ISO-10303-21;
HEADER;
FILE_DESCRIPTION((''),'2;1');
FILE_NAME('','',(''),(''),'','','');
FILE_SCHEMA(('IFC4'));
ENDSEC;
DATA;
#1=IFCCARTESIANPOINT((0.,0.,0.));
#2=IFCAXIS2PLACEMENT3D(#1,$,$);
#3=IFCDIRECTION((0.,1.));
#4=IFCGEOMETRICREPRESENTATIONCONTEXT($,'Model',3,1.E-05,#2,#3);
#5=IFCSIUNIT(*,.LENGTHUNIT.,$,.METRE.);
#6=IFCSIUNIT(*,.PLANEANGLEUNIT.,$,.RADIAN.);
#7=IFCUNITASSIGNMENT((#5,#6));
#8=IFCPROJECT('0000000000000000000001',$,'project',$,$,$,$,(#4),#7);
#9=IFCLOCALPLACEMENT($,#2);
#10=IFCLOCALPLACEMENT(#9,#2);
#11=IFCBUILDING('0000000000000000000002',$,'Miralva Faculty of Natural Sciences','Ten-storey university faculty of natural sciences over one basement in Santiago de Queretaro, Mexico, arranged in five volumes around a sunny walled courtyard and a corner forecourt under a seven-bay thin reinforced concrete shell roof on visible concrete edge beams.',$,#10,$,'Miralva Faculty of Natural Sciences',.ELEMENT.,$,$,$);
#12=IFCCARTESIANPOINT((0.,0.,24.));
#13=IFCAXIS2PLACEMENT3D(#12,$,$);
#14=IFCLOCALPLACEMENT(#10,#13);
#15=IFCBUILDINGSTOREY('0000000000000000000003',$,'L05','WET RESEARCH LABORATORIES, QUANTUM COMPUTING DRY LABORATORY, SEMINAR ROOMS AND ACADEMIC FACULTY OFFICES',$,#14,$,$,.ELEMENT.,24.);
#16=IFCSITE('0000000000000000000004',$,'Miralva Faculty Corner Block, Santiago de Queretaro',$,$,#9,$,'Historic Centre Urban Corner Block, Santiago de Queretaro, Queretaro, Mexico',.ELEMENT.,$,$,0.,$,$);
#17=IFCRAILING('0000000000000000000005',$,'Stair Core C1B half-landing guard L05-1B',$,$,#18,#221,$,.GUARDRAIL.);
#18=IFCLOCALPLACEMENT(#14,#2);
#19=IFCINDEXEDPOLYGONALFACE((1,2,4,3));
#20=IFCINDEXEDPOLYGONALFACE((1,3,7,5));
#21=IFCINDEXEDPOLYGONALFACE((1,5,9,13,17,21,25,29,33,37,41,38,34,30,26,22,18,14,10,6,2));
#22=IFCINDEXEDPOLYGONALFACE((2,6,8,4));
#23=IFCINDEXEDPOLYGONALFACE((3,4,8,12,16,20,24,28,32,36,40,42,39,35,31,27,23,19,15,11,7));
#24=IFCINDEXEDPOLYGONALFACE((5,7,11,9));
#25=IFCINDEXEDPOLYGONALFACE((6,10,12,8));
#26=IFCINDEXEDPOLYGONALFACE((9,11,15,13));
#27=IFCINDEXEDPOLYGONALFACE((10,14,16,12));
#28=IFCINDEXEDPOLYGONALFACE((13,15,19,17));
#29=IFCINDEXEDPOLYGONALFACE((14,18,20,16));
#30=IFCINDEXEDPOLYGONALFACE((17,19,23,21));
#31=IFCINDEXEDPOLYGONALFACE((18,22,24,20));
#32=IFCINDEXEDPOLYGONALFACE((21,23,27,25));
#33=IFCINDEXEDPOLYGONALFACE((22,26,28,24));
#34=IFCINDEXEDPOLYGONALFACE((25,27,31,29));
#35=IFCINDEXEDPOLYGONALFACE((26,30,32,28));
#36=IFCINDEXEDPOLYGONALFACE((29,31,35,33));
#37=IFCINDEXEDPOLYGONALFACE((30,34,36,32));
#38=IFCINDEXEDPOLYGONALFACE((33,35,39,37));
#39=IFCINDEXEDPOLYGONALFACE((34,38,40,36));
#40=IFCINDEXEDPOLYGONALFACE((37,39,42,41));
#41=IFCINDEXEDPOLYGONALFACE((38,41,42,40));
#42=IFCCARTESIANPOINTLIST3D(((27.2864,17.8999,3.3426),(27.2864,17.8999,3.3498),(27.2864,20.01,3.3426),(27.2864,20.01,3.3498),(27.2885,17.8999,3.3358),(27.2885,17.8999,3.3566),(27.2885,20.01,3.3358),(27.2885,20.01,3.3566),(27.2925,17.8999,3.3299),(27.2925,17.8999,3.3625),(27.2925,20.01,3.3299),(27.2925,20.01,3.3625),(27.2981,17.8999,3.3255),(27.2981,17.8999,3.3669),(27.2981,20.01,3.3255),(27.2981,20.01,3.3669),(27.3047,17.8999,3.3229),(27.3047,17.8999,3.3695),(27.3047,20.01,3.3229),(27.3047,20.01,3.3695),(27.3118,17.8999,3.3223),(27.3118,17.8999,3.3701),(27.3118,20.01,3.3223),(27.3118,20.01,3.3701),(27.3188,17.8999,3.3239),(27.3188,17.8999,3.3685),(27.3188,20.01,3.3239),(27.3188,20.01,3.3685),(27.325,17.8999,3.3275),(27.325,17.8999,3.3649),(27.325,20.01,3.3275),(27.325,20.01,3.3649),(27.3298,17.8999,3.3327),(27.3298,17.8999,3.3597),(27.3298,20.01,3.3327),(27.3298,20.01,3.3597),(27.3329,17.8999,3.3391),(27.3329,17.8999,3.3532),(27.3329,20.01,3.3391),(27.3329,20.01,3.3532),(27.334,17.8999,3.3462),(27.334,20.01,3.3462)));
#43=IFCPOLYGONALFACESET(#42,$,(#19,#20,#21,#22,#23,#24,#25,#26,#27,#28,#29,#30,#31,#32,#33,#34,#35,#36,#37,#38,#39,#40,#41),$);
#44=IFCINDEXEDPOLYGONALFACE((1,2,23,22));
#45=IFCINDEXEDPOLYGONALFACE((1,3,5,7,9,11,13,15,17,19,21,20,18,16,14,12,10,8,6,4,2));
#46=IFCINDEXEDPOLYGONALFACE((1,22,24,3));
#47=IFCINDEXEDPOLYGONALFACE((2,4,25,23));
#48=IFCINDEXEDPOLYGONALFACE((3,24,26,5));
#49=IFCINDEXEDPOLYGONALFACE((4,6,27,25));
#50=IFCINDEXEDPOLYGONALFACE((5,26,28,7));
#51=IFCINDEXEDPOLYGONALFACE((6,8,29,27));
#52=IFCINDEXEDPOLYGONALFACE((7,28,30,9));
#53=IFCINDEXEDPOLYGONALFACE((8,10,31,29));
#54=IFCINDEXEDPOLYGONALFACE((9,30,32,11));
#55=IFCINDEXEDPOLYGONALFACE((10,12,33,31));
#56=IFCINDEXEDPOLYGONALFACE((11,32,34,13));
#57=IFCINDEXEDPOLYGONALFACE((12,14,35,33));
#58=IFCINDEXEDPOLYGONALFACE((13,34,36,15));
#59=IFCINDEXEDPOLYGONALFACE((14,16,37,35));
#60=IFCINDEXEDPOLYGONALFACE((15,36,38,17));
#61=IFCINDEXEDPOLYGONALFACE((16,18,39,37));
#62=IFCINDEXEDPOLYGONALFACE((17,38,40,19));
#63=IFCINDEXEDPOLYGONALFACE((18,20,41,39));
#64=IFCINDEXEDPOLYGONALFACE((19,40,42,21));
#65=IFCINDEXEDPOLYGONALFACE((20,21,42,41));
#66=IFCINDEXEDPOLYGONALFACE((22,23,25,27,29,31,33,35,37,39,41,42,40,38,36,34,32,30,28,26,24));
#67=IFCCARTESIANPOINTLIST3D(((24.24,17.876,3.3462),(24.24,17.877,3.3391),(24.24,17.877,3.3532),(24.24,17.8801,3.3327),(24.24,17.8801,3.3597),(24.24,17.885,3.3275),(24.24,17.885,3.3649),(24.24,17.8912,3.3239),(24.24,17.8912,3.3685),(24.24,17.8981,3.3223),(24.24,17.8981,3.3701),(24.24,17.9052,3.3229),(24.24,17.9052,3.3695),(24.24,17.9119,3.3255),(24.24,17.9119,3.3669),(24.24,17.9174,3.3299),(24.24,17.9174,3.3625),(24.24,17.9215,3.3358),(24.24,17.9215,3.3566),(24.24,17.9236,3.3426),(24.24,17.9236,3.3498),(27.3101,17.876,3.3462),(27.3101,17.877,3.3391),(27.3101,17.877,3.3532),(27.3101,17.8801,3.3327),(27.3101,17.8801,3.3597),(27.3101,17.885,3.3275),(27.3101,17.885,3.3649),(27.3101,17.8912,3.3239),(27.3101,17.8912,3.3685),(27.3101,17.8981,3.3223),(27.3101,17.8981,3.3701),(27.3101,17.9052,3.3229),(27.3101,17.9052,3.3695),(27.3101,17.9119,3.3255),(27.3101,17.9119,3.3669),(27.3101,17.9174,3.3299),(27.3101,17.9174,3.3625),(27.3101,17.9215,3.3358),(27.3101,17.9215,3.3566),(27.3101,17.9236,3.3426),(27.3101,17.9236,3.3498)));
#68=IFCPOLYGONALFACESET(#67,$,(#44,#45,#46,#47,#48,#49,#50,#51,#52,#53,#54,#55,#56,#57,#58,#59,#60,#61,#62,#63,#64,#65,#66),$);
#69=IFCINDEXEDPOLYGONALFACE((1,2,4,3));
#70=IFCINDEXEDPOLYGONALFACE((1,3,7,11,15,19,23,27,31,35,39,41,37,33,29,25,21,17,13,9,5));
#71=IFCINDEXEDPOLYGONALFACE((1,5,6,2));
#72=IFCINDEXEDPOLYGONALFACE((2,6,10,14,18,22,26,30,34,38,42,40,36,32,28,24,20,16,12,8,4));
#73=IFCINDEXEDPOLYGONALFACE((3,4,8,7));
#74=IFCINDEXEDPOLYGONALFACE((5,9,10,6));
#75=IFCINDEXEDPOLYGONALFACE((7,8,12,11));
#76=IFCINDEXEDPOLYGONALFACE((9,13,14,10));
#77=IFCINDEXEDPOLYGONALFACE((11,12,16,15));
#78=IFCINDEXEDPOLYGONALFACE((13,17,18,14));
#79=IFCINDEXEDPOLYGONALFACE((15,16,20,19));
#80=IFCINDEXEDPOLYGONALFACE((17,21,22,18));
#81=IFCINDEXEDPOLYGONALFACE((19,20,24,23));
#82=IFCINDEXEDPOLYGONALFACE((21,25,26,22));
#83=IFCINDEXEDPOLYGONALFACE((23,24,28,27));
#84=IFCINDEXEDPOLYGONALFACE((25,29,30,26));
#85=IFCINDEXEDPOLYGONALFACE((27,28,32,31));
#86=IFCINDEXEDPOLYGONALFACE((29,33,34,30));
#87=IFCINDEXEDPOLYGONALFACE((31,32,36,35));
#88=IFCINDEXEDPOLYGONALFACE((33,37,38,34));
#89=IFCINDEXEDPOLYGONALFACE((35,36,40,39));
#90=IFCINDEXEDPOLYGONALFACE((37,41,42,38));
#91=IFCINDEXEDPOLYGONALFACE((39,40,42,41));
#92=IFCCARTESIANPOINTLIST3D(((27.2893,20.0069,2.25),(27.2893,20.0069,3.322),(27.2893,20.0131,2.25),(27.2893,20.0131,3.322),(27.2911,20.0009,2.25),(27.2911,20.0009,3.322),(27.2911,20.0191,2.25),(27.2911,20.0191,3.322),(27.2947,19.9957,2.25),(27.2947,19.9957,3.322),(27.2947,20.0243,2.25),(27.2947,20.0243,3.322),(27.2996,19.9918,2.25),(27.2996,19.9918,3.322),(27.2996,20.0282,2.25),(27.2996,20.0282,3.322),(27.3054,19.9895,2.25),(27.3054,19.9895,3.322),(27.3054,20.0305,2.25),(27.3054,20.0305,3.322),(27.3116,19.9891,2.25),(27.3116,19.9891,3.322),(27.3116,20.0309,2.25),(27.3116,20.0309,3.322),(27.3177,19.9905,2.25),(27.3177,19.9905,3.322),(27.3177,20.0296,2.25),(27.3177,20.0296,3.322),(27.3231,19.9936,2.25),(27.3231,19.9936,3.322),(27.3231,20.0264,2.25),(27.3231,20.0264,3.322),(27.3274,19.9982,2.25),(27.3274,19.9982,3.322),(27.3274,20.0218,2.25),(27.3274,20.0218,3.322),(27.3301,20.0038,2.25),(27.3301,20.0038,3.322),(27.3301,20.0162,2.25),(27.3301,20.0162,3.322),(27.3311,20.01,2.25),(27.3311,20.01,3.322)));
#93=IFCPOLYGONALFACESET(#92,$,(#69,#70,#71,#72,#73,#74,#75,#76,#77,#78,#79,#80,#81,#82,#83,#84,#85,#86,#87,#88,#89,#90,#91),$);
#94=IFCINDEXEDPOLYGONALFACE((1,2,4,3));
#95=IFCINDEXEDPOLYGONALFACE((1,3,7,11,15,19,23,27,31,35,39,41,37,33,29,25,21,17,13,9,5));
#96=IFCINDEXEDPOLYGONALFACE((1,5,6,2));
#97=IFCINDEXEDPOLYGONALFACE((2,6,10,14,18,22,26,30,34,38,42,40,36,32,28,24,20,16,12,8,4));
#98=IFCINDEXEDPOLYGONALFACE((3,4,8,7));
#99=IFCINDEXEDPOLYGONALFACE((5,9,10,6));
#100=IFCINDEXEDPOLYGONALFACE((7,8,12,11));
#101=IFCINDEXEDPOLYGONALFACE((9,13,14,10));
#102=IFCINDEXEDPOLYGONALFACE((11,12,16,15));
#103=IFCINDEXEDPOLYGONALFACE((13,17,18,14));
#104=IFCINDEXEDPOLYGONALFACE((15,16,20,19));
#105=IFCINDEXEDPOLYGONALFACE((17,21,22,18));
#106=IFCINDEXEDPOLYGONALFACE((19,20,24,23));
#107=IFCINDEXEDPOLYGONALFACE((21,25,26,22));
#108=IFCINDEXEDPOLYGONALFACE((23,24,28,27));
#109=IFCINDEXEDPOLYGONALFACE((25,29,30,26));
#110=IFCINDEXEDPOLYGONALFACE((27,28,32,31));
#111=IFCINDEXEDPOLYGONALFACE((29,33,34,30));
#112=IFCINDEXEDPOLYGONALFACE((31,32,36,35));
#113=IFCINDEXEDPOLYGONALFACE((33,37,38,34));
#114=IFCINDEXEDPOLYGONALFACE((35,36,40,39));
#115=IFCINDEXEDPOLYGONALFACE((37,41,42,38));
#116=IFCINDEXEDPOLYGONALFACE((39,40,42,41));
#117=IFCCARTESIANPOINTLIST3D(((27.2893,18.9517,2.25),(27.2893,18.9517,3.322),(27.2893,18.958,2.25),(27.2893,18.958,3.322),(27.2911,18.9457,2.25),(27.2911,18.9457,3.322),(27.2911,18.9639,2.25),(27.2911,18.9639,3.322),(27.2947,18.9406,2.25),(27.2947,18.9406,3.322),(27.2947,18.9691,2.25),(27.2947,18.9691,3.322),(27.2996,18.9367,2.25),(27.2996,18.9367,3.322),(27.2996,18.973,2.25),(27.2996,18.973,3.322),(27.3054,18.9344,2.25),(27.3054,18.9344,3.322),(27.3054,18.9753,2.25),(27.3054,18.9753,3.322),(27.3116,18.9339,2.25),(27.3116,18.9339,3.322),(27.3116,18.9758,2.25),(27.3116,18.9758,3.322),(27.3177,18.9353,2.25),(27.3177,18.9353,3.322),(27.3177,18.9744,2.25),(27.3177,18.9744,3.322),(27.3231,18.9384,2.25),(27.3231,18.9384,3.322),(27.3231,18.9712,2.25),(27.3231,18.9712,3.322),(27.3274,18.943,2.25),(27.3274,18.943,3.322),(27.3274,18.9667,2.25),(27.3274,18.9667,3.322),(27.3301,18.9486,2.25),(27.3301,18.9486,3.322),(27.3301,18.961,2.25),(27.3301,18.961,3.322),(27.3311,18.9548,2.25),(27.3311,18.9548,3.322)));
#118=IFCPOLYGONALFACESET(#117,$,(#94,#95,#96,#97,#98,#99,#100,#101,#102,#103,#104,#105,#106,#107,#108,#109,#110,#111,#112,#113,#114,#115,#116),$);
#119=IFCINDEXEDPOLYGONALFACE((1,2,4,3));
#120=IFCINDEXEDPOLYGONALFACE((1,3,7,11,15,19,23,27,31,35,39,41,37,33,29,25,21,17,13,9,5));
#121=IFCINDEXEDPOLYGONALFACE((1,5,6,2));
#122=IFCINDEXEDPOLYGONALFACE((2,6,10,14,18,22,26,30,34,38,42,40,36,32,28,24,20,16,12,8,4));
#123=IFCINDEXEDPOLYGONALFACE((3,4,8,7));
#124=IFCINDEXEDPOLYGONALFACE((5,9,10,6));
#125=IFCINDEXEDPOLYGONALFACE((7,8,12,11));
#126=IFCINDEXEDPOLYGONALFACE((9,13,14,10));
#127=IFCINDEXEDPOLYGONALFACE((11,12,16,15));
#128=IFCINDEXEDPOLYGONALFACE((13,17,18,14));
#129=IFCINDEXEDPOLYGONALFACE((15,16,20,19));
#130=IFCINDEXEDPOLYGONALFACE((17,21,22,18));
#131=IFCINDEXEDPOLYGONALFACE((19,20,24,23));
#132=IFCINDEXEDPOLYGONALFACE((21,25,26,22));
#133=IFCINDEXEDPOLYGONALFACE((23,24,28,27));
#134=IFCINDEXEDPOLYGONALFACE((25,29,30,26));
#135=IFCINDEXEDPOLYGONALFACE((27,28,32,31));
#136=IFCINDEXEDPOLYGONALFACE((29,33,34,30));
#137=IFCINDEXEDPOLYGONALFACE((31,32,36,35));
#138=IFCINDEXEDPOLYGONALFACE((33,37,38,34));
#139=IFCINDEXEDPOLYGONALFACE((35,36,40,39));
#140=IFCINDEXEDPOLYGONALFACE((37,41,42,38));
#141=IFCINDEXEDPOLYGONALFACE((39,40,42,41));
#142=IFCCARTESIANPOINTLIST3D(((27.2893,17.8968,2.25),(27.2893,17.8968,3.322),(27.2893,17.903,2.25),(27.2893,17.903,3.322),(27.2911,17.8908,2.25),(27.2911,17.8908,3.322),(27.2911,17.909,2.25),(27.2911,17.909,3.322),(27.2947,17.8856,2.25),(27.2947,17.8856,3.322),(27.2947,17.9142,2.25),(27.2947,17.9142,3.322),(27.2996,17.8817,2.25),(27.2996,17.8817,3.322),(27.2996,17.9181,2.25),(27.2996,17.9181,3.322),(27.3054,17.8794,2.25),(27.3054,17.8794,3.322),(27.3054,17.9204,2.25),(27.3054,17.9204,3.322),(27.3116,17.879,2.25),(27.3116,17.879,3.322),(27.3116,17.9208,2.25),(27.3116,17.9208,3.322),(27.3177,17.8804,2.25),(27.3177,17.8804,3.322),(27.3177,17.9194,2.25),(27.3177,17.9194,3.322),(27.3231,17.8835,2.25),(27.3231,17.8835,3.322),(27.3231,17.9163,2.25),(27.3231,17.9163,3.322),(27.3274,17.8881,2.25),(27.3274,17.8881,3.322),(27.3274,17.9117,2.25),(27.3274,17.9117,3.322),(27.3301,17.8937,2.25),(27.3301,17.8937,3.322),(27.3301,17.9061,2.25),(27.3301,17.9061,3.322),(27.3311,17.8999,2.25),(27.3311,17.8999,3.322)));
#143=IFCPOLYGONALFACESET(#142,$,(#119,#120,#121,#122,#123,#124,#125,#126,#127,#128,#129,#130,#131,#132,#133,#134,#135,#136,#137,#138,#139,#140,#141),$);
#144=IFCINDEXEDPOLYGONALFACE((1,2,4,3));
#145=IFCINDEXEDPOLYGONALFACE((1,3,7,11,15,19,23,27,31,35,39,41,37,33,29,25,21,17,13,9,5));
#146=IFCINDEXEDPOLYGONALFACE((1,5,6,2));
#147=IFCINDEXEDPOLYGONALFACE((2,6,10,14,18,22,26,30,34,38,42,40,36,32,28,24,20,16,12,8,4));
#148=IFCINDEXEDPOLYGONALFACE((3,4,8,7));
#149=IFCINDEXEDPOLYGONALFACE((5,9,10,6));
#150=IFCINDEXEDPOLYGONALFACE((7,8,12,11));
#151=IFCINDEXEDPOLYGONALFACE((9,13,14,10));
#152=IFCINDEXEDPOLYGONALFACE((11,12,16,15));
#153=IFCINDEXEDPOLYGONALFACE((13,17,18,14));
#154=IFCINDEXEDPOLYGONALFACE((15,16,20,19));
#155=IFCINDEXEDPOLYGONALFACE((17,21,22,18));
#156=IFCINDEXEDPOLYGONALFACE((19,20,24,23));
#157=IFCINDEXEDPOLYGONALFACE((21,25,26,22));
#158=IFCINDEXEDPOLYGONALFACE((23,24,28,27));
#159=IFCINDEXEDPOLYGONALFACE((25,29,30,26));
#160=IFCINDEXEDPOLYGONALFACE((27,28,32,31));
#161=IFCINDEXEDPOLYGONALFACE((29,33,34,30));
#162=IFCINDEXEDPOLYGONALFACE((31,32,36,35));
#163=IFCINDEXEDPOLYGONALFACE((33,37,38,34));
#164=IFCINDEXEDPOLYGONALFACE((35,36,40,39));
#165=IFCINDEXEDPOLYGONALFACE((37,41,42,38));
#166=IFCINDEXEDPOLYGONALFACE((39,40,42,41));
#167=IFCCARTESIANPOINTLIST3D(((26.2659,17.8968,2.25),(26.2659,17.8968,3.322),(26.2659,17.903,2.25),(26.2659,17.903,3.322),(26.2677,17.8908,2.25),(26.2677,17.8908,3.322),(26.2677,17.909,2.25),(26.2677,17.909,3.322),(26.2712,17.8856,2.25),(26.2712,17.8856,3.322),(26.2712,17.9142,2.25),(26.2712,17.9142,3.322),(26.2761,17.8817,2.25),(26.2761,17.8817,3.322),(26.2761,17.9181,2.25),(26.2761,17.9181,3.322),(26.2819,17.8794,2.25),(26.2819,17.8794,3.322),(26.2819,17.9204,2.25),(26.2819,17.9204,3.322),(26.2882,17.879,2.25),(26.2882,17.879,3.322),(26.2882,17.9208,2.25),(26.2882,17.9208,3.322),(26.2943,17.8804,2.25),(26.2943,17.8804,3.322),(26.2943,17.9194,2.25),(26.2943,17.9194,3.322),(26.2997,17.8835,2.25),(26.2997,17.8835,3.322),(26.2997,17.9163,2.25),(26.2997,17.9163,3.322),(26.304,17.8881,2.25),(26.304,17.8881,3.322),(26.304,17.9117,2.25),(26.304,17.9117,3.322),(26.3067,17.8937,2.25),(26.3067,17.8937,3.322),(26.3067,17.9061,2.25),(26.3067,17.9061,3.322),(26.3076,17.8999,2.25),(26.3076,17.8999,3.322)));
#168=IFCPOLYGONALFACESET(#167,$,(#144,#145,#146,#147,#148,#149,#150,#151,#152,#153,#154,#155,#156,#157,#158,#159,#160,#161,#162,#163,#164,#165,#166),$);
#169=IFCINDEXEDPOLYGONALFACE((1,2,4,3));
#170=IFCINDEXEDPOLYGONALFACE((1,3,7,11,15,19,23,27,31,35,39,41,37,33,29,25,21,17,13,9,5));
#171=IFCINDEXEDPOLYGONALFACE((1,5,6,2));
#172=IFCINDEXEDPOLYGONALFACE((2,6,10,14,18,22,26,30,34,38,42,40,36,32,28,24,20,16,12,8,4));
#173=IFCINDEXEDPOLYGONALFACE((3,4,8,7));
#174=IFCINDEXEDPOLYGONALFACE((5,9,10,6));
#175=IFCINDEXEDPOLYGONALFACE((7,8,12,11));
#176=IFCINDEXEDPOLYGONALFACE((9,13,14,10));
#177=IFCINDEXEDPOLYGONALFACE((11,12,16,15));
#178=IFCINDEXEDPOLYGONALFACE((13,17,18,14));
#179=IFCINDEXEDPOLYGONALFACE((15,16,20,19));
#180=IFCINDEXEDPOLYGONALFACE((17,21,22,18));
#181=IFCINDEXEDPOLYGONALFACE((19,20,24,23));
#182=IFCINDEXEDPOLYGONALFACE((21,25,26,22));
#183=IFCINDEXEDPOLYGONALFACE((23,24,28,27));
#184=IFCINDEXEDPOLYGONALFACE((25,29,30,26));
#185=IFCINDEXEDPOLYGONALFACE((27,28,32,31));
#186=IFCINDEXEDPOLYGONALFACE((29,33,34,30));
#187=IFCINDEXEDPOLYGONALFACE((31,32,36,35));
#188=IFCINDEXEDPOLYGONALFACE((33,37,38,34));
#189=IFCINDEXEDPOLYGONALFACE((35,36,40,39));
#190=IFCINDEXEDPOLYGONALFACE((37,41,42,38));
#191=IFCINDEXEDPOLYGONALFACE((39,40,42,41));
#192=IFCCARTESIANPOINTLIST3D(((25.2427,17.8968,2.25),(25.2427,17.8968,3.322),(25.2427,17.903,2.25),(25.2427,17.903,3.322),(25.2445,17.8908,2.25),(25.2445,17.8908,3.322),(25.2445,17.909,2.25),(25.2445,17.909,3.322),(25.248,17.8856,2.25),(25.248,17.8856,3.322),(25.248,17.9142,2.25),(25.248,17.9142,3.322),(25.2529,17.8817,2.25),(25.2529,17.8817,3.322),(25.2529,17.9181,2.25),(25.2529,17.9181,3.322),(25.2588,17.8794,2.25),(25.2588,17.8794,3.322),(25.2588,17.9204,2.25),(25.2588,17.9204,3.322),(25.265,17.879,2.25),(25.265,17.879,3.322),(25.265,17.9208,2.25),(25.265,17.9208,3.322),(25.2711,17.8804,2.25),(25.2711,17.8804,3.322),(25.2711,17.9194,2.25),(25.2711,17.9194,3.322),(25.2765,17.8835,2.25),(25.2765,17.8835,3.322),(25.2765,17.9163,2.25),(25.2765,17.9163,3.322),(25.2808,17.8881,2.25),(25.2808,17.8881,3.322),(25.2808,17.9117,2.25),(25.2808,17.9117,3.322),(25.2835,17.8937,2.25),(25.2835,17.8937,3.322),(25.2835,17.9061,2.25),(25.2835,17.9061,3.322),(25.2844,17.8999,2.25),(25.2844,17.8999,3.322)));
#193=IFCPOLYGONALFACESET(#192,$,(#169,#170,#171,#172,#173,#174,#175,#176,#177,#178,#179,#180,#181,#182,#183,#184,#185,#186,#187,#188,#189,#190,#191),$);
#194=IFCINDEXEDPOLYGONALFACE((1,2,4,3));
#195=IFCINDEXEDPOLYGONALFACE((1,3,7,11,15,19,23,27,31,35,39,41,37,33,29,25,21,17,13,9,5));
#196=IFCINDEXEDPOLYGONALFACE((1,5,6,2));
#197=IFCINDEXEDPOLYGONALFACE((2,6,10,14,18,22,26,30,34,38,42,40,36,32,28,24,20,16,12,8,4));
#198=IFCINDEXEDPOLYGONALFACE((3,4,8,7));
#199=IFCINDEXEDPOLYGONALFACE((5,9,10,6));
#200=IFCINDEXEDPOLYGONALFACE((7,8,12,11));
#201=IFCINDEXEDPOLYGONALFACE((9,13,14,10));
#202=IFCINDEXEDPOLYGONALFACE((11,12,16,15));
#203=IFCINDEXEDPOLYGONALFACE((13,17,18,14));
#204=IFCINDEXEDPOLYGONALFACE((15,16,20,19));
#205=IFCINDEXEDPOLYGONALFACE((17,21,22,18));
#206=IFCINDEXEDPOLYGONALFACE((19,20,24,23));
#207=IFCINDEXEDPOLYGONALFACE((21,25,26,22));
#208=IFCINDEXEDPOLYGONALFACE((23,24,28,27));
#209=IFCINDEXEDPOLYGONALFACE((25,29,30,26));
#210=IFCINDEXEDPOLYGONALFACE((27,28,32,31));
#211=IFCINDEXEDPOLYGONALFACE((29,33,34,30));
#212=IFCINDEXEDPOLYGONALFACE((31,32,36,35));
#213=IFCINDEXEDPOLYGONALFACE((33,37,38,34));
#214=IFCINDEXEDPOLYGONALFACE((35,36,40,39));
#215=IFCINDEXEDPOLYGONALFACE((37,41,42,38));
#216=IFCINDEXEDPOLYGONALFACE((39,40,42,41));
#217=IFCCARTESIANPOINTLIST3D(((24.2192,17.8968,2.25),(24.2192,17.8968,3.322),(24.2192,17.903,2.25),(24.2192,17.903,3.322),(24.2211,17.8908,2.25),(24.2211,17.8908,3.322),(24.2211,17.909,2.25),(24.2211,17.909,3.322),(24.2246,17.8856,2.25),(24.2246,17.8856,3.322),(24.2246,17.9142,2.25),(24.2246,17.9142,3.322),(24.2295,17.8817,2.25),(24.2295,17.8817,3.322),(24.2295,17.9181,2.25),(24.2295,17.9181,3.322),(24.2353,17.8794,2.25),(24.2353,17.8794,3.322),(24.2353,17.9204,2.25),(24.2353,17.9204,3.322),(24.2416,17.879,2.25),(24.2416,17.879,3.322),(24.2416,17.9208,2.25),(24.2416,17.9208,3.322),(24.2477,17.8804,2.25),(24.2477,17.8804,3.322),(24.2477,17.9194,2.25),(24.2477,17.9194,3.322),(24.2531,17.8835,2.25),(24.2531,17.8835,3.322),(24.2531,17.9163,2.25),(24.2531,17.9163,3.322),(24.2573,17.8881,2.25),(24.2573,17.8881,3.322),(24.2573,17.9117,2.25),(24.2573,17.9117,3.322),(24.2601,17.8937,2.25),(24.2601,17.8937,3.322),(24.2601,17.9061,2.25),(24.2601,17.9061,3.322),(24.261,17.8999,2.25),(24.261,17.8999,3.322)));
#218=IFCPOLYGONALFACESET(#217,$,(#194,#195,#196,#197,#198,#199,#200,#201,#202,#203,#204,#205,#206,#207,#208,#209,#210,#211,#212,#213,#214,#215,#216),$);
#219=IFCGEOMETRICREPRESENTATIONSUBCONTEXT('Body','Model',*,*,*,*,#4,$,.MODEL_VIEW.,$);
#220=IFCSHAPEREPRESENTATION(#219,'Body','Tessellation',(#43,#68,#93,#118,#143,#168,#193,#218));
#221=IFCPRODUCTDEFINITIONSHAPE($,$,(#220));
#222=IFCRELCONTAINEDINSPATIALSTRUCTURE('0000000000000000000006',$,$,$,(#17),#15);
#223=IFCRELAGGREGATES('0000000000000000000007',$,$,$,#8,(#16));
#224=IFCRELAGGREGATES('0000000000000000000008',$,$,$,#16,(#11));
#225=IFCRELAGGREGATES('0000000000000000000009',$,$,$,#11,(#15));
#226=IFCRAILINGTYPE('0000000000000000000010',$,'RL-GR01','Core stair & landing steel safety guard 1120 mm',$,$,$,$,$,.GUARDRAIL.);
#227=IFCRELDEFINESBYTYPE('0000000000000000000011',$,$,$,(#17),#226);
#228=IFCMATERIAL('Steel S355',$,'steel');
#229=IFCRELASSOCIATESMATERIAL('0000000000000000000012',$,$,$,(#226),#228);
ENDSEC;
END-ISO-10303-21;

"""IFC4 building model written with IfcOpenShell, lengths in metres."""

from ifc_helpers import new_model, si_unit, direction, frame, origin, origin_2d, place, context, subcontext, project, spatial, circle, extrude, material, type_object, element, save


model = new_model("IFC4")

# Units and contexts
model_context = context("Model", 3, precision=1e-05, world=origin(), true_north=direction((0.0, 1.0)))
body_context = subcontext(model_context, "Body", "Model", "MODEL_VIEW")
ifc_project = project(units=[si_unit("LENGTHUNIT", "METRE"), si_unit("PLANEANGLEUNIT", "RADIAN")], contexts=[model_context])

# Site, building, storey
site_placement = place(None, origin())
site = spatial("IfcSite", under=ifc_project, at=site_placement, Name="Miralva Faculty Corner Block, Santiago de Queretaro", LongName="Historic Centre Urban Corner Block, Santiago de Queretaro, Queretaro, Mexico", CompositionType="ELEMENT", RefElevation=0.0)
building_placement = place(site_placement, origin())
building = spatial("IfcBuilding", under=site, at=building_placement, Name="Miralva Faculty of Natural Sciences", Description="Ten-storey university faculty of natural sciences over one basement in Santiago de Queretaro, Mexico, arranged in five volumes around a sunny walled courtyard and a corner forecourt under a seven-bay thin reinforced concrete shell roof on visible concrete edge beams.", LongName="Miralva Faculty of Natural Sciences", CompositionType="ELEMENT")
storey_placement = place(building_placement, frame((0.0, 0.0, 24.0)))
storey = spatial("IfcBuildingStorey", under=building, at=storey_placement, Name="L05", Description="WET RESEARCH LABORATORIES, QUANTUM COMPUTING DRY LABORATORY, SEMINAR ROOMS AND ACADEMIC FACULTY OFFICES", CompositionType="ELEMENT", Elevation=24.0)

# Railing
ifc_material_1 = material(Name="Steel S355", Category="steel")
railing_type_1 = type_object("IfcRailingType", Name="RL-GR01", Description="Core stair & landing steel safety guard 1120 mm", PredefinedType="GUARDRAIL", material=ifc_material_1)
railing_1_placement = place(storey_placement, frame((27.3101, 20.01, 2.25)))
element("IfcRailing", 1, at=railing_1_placement, inside=storey, type_object=railing_type_1, Name="Stair Core C1B half-landing guard L05-1B", PredefinedType="GUARDRAIL", context=body_context, shape_type="SweptSolid", body=[
    extrude(circle(Radius=0.0239, at=origin_2d()), frame((0.0, 0.0, 1.0962), z_axis=(0.0, -1.0, 0.0), x_axis=(1.0, 0.0, 0.0)), (0.0, 0.0, 1.0), 2.1101),
    extrude(circle(Radius=0.0239, at=origin_2d()), frame((0.0, -2.1101, 1.0962), z_axis=(-1.0, 0.0, 0.0), x_axis=(0.0, -1.0, 0.0)), (0.0, 0.0, 1.0), 3.0701),
    extrude(circle(Radius=0.021, at=origin_2d()), origin(), (0.0, 0.0, 1.0), 1.072),
    extrude(circle(Radius=0.021, at=origin_2d()), frame((0.0, -1.0552, 0.0)), (0.0, 0.0, 1.0), 1.072),
    extrude(circle(Radius=0.021, at=origin_2d()), frame((0.0, -2.1101, 0.0)), (0.0, 0.0, 1.0), 1.072),
    extrude(circle(Radius=0.021, at=origin_2d()), frame((-1.0234, -2.1101, 0.0)), (0.0, 0.0, 1.0), 1.072),
    extrude(circle(Radius=0.021, at=origin_2d()), frame((-2.0466, -2.1101, 0.0)), (0.0, 0.0, 1.0), 1.072),
    extrude(circle(Radius=0.021, at=origin_2d()), frame((-3.0701, -2.1101, 0.0)), (0.0, 0.0, 1.0), 1.072),
])

save(model, "model.ifc")
